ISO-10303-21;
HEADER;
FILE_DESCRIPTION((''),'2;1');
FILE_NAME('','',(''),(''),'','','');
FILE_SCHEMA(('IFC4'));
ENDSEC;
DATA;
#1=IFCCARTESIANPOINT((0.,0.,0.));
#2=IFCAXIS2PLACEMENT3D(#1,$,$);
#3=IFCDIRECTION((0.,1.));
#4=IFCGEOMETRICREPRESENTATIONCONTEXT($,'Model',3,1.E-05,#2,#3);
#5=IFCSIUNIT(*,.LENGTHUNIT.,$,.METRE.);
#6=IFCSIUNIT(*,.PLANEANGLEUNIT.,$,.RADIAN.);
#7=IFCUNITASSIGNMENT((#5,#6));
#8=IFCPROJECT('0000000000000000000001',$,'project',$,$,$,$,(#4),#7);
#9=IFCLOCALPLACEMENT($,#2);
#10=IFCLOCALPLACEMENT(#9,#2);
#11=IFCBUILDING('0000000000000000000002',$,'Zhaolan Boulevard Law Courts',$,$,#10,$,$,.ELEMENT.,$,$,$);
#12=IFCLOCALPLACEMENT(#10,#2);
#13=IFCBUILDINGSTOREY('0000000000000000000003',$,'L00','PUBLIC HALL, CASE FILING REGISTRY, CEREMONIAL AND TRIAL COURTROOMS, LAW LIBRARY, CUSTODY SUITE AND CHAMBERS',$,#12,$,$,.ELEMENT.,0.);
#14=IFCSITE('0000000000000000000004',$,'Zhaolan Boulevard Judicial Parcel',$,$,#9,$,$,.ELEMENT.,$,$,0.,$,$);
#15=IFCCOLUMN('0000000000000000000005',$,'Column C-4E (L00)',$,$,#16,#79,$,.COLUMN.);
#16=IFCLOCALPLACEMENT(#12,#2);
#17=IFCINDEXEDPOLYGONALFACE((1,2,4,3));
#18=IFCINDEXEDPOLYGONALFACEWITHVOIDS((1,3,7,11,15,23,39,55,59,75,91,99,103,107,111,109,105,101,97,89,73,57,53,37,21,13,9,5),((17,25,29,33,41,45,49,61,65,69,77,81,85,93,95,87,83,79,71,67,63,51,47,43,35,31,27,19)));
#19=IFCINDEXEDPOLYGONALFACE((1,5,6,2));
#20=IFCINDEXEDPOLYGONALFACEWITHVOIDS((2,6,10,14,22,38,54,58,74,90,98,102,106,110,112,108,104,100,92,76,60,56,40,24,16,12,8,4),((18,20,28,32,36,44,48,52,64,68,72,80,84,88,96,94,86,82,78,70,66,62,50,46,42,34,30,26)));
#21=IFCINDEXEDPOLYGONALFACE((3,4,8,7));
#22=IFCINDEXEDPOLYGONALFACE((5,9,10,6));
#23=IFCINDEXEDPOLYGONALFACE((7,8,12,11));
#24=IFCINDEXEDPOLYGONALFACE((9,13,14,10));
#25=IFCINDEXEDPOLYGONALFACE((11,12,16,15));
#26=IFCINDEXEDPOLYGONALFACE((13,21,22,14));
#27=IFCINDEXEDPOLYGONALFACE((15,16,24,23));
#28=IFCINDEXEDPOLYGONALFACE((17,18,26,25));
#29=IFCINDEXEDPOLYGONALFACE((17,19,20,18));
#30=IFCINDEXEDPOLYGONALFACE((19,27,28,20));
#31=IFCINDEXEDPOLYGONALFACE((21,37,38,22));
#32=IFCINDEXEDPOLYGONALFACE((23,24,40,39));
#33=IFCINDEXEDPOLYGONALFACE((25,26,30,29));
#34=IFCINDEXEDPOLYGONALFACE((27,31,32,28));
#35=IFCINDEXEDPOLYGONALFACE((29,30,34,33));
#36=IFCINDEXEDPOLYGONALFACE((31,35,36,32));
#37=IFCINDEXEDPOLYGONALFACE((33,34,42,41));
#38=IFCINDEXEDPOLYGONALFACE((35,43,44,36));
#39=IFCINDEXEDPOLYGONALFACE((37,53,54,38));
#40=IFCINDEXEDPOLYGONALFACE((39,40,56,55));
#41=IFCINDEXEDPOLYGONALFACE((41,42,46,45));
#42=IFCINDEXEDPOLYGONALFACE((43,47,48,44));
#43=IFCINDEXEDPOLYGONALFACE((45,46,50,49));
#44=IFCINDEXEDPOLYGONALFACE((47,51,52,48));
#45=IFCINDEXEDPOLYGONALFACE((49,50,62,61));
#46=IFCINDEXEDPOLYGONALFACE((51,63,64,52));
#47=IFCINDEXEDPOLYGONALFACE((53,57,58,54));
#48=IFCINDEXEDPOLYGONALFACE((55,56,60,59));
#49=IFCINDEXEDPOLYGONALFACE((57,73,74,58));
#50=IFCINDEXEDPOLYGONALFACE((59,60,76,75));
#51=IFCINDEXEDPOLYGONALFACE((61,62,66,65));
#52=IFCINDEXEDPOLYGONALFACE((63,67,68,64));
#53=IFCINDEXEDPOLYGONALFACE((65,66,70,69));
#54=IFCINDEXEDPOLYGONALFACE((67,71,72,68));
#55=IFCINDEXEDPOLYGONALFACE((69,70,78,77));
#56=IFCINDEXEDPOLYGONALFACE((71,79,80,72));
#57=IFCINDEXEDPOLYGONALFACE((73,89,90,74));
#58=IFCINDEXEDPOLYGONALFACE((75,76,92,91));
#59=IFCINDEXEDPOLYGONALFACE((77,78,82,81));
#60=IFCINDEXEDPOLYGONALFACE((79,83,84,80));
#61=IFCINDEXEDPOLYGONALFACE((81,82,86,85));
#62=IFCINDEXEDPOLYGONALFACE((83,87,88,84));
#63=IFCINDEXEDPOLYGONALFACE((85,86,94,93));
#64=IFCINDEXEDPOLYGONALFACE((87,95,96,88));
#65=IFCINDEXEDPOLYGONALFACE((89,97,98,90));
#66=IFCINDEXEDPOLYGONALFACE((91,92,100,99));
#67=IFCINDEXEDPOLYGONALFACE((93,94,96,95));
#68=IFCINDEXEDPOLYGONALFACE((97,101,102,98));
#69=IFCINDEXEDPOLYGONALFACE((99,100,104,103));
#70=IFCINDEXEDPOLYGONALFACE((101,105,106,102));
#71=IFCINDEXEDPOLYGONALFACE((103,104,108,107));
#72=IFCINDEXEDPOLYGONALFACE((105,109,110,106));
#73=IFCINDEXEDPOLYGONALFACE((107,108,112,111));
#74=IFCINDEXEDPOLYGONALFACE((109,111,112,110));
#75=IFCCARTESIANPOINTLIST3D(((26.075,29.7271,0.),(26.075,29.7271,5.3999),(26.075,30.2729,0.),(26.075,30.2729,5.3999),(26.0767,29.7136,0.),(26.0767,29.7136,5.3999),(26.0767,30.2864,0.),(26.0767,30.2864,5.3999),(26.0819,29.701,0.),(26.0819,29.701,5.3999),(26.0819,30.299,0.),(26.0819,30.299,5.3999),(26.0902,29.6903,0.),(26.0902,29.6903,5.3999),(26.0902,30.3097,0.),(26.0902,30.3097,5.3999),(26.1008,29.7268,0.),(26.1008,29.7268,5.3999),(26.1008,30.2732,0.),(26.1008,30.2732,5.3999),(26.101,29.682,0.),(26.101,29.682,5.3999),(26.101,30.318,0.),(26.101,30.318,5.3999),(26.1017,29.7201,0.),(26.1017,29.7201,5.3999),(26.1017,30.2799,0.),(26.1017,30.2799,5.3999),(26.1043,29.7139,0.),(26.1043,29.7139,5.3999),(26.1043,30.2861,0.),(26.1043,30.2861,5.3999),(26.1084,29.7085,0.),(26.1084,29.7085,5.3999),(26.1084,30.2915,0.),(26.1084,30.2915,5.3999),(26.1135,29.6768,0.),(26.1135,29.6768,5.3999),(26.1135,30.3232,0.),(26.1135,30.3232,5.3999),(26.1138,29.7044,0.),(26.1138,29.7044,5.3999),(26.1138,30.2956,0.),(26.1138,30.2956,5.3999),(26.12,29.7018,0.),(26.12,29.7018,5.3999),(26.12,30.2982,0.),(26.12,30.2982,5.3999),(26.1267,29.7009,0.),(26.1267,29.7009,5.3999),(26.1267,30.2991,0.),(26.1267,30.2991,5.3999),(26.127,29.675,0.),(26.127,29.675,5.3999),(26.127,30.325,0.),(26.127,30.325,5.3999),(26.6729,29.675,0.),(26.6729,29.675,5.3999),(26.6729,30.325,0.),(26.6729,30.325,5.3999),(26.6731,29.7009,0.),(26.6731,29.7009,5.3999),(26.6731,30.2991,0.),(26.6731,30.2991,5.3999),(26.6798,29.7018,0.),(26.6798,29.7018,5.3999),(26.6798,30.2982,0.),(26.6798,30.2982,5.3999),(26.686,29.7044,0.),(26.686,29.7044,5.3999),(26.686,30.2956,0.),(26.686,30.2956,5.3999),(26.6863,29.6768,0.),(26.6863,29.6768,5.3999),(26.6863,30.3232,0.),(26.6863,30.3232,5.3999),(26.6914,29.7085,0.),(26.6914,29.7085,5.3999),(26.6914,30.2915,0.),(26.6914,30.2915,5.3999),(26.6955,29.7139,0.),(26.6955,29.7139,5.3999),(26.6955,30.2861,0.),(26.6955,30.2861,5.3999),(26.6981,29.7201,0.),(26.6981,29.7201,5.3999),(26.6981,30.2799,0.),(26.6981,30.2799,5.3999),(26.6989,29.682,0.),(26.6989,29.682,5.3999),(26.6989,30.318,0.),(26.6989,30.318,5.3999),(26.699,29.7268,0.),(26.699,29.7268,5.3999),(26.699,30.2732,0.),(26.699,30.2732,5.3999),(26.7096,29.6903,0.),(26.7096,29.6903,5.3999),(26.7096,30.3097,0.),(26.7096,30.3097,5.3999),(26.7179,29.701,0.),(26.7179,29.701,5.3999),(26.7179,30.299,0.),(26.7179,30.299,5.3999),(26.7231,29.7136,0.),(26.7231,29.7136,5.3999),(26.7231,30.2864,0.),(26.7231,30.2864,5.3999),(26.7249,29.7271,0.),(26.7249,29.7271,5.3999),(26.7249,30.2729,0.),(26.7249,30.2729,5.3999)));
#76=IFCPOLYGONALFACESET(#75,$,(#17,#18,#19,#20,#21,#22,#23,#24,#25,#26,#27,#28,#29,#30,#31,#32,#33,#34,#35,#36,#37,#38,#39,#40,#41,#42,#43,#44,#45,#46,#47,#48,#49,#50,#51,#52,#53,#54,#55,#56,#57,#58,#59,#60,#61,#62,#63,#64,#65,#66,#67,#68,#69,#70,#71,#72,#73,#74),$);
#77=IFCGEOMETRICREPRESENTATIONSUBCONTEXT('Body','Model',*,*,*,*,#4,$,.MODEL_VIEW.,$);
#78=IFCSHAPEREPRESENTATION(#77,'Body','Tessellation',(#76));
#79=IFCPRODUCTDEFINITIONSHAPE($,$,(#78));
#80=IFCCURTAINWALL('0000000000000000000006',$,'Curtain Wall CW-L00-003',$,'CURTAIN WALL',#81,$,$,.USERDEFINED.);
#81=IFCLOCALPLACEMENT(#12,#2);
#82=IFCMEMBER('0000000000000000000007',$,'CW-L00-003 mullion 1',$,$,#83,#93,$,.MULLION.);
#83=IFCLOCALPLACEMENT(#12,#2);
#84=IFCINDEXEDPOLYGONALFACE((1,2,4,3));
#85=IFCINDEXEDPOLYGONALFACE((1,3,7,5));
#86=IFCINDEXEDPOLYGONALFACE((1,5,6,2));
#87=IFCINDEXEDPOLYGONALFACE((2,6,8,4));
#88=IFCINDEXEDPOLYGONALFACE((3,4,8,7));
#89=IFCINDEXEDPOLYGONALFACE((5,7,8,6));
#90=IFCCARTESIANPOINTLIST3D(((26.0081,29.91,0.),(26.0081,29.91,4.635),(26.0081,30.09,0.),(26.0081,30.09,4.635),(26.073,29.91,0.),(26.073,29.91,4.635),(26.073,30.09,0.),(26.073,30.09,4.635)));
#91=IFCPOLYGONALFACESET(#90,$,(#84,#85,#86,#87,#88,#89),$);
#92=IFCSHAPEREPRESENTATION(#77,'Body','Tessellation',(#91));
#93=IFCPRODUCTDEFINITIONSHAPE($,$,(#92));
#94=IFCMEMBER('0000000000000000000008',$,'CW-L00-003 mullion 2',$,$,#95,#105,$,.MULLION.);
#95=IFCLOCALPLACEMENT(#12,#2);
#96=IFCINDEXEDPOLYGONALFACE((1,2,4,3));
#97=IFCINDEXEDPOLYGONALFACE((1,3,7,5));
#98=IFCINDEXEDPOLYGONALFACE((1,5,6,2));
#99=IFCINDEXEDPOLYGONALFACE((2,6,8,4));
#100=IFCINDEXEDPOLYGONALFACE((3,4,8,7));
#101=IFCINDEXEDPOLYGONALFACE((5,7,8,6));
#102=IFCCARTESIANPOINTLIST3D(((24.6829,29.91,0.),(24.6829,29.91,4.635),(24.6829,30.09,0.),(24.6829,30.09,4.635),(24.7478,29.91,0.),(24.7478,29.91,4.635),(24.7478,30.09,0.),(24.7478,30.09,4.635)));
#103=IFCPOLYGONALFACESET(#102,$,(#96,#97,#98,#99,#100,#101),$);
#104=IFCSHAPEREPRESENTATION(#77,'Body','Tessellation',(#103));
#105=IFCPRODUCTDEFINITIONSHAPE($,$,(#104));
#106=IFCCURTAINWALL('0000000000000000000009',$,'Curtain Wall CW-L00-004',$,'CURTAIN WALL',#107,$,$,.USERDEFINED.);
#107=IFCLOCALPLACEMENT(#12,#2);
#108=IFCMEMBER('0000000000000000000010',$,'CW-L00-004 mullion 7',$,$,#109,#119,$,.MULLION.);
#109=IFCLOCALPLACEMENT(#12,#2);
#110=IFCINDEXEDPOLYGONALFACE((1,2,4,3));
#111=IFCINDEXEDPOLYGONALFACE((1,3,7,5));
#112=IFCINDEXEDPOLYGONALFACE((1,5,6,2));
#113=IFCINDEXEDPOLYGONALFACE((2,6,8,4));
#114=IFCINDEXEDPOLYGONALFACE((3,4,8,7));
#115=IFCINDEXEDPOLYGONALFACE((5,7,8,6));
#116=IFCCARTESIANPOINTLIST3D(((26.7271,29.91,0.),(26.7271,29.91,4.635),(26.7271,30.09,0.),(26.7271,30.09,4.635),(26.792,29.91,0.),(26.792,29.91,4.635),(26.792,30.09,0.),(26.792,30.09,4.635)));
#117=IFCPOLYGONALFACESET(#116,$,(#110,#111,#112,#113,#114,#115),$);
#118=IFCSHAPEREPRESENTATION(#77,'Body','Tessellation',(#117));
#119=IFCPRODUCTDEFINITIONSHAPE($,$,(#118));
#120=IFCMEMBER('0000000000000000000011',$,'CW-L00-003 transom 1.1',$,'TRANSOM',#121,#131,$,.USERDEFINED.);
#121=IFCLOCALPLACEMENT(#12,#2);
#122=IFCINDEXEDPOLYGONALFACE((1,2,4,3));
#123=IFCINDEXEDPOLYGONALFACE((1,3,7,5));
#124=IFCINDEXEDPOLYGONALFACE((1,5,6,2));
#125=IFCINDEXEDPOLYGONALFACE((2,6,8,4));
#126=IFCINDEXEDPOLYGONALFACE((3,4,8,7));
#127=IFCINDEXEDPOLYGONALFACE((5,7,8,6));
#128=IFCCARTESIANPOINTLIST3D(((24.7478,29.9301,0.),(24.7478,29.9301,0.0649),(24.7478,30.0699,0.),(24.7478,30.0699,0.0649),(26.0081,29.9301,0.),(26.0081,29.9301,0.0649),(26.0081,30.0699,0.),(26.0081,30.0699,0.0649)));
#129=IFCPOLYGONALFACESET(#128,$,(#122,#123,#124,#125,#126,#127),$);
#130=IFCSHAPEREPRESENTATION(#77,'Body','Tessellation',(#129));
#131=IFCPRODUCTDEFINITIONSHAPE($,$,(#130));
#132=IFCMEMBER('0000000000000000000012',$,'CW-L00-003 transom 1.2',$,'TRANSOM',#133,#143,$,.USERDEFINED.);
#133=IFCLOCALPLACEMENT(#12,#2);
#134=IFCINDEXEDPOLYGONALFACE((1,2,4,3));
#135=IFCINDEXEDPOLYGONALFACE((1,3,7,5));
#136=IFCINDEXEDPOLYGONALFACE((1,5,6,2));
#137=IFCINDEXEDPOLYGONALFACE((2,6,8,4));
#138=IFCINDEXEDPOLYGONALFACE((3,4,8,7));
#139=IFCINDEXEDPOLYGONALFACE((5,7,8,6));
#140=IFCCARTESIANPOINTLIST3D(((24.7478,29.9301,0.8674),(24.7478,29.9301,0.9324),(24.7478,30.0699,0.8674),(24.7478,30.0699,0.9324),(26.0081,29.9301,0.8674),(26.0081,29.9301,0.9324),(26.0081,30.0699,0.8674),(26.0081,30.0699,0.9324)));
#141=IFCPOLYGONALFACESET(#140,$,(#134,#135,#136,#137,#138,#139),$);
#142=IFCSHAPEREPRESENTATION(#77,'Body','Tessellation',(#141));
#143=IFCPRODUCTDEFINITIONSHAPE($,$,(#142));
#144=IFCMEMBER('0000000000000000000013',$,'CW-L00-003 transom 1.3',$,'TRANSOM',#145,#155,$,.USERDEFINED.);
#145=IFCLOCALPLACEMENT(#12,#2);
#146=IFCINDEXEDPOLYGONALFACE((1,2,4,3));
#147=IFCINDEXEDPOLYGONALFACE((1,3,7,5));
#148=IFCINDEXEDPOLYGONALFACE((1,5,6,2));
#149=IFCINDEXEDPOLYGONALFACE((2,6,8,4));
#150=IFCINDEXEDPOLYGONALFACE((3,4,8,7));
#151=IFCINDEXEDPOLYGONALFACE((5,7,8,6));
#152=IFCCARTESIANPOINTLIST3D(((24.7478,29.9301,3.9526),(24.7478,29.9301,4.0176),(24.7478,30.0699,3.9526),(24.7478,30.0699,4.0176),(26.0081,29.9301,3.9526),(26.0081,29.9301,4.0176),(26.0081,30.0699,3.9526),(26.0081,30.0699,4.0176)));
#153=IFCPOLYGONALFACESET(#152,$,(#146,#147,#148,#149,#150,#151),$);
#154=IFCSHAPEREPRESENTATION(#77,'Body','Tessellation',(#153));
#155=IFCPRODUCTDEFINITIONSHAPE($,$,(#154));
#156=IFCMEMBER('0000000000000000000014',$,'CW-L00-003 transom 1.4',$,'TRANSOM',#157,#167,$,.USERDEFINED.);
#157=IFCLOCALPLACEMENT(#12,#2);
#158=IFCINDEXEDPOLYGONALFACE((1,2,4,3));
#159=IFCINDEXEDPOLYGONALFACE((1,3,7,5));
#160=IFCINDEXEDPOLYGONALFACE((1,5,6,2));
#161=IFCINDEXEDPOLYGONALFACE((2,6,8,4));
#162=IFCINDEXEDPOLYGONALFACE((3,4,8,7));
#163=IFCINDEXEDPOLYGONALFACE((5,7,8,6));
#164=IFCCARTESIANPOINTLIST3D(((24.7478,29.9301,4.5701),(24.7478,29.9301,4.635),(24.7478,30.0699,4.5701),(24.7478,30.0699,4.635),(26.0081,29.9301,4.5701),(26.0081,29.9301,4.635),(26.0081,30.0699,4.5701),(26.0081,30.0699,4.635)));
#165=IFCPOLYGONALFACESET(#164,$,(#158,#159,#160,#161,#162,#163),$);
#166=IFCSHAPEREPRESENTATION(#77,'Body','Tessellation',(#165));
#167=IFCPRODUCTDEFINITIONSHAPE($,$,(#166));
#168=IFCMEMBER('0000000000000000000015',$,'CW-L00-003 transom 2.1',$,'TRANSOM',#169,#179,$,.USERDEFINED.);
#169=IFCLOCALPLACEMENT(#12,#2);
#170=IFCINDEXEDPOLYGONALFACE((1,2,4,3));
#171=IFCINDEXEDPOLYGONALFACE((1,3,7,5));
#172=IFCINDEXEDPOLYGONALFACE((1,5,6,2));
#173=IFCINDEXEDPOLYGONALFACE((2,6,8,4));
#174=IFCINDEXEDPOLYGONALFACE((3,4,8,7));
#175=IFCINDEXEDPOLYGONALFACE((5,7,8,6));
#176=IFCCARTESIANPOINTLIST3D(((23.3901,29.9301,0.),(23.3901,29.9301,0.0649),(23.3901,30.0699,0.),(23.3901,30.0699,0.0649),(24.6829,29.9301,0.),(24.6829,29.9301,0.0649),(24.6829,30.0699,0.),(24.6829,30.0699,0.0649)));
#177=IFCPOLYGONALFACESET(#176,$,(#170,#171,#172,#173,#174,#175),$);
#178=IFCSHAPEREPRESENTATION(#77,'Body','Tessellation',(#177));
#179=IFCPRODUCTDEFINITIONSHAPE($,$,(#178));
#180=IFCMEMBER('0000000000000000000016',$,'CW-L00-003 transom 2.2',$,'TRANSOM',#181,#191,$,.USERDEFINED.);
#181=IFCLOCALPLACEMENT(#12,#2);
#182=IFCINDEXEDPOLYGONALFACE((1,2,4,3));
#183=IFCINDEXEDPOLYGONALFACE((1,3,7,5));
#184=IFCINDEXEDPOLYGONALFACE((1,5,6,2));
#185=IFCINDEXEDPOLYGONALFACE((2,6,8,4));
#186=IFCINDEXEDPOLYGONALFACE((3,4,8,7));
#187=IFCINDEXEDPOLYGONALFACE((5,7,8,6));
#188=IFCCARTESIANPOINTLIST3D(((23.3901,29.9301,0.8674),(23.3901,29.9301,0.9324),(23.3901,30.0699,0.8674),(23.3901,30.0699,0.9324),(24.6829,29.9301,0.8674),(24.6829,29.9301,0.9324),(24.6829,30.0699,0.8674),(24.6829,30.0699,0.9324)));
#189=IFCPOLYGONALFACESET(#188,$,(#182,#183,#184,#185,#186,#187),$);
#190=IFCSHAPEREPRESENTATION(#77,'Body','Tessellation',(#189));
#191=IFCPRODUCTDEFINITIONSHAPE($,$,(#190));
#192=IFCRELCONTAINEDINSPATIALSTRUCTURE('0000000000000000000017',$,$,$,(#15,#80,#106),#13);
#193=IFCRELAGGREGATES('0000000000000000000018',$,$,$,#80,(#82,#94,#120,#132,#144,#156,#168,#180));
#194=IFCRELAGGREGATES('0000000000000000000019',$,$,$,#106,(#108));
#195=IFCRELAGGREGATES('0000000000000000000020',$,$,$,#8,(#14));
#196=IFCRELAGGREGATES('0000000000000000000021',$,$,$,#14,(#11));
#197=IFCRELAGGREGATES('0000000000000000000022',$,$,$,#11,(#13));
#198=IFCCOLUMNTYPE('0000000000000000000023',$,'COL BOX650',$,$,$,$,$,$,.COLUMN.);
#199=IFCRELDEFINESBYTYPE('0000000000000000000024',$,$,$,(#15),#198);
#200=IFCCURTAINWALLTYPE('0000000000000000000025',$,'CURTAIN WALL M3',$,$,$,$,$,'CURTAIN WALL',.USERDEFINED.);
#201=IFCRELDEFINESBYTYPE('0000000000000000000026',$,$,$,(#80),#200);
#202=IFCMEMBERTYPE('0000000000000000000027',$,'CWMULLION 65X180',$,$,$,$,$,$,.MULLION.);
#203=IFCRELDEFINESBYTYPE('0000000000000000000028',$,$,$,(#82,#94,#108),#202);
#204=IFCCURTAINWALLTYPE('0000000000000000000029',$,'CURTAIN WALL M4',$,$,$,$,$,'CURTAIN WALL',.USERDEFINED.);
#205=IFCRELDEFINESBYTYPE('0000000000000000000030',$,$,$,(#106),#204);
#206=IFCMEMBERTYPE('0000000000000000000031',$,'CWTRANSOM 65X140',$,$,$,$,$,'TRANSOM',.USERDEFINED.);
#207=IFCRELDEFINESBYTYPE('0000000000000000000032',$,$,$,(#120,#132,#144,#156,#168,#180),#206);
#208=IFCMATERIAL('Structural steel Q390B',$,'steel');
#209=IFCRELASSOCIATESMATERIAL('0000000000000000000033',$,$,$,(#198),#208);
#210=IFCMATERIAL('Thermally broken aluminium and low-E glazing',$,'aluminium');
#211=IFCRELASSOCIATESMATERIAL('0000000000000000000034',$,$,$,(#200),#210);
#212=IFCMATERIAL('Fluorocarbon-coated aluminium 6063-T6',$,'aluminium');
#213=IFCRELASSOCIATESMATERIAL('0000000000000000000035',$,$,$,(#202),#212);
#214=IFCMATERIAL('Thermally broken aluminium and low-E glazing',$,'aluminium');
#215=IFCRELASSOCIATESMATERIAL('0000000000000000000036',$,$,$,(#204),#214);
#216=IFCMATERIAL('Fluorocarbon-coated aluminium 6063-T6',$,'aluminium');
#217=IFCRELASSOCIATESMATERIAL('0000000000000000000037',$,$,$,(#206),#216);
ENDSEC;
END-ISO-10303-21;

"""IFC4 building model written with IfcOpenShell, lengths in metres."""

from ifc_helpers import new_model, si_unit, direction, frame, origin, origin_2d, place, context, subcontext, project, spatial, rectangle, hollow_rectangle, extrude, material, material_profile, profile_set, type_object, element, aggregate, save


model = new_model("IFC4")

# Units and contexts
model_context = context("Model", 3, precision=1e-05, world=origin(), true_north=direction((0.0, 1.0)))
body_context = subcontext(model_context, "Body", "Model", "MODEL_VIEW")
ifc_project = project(units=[si_unit("LENGTHUNIT", "METRE"), si_unit("PLANEANGLEUNIT", "RADIAN")], contexts=[model_context])

# Site, building, storey
site_placement = place(None, origin())
site = spatial("IfcSite", under=ifc_project, at=site_placement, Name="Zhaolan Boulevard Judicial Parcel", CompositionType="ELEMENT", RefElevation=0.0)
building_placement = place(site_placement, origin())
building = spatial("IfcBuilding", under=site, at=building_placement, Name="Zhaolan Boulevard Law Courts", CompositionType="ELEMENT")
storey_placement = place(building_placement, origin())
storey = spatial("IfcBuildingStorey", under=building, at=storey_placement, Name="L00", Description="PUBLIC HALL, CASE FILING REGISTRY, CEREMONIAL AND TRIAL COURTROOMS, LAW LIBRARY, CUSTODY SUITE AND CHAMBERS", CompositionType="ELEMENT", Elevation=0.0)

# Column
ifc_material_1 = material(Name="Structural steel Q390B", Category="steel")
ifc_material_profile_1 = material_profile(ifc_material_1, hollow_rectangle(XDim=0.6499, YDim=0.6499, WallThickness=0.0259, InnerFilletRadius=0.0259, OuterFilletRadius=0.052, at=origin_2d()), Name="BOX650x650x26")
ifc_profile_set_1 = profile_set([ifc_material_profile_1], Name="Structural steel Q390B")
column_type = type_object("IfcColumnType", Name="COL BOX650", PredefinedType="COLUMN", material=ifc_profile_set_1)
column_placement = place(storey_placement, frame((26.3999, 30.0, 0.0), z_axis=(0.0, 0.0, 1.0), x_axis=(1.0, 0.0, 0.0)))
element("IfcColumn", 1, at=column_placement, inside=storey, type_object=column_type, Name="Column C-4E (L00)", PredefinedType="COLUMN", context=body_context, shape_type="SweptSolid", body=[
    extrude(hollow_rectangle(XDim=0.6499, YDim=0.6499, WallThickness=0.0259, InnerFilletRadius=0.0259, OuterFilletRadius=0.052, at=origin_2d()), origin(), (0.0, 0.0, 1.0), 5.3999),
])

# Curtain wall, members
ifc_material_2 = material(Name="Thermally broken aluminium and low-E glazing", Category="aluminium")
curtain_wall_type_1 = type_object("IfcCurtainWallType", Name="CURTAIN WALL M3", ElementType="CURTAIN WALL", PredefinedType="USERDEFINED", material=ifc_material_2)
curtain_wall_1_placement = place(storey_placement, origin())
curtain_wall_1 = element("IfcCurtainWall", 2, at=curtain_wall_1_placement, inside=storey, type_object=curtain_wall_type_1, Name="Curtain Wall CW-L00-003", ObjectType="CURTAIN WALL", PredefinedType="USERDEFINED")
ifc_material_3 = material(Name="Fluorocarbon-coated aluminium 6063-T6", Category="aluminium")
ifc_material_profile_2 = material_profile(ifc_material_3, rectangle(XDim=0.1799, YDim=0.0649, at=origin_2d()), Name="AL65x180")
ifc_profile_set_2 = profile_set([ifc_material_profile_2], Name="Fluorocarbon-coated aluminium 6063-T6")
member_type_1 = type_object("IfcMemberType", Name="CWMULLION 65X180", PredefinedType="MULLION", material=ifc_profile_set_2)
member_1_placement = place(storey_placement, frame((26.0405, 30.0, 0.0), z_axis=(0.0, 0.0, 1.0), x_axis=(0.0, -1.0, 0.0)))
member_1 = element("IfcMember", 3, at=member_1_placement, type_object=member_type_1, Name="CW-L00-003 mullion 1", PredefinedType="MULLION", context=body_context, shape_type="SweptSolid", body=[
    extrude(rectangle(XDim=0.1799, YDim=0.0649, at=origin_2d()), origin(), (0.0, 0.0, 1.0), 4.635),
])
member_2_placement = place(storey_placement, frame((24.7153, 30.0, 0.0), z_axis=(0.0, 0.0, 1.0), x_axis=(0.0, -1.0, 0.0)))
member_2 = element("IfcMember", 4, at=member_2_placement, type_object=member_type_1, Name="CW-L00-003 mullion 2", PredefinedType="MULLION", context=body_context, shape_type="SweptSolid", body=[
    extrude(rectangle(XDim=0.1799, YDim=0.0649, at=origin_2d()), origin(), (0.0, 0.0, 1.0), 4.635),
])

# Curtain wall, member
ifc_material_4 = material(Name="Thermally broken aluminium and low-E glazing", Category="aluminium")
curtain_wall_type_2 = type_object("IfcCurtainWallType", Name="CURTAIN WALL M4", ElementType="CURTAIN WALL", PredefinedType="USERDEFINED", material=ifc_material_4)
curtain_wall_2_placement = place(storey_placement, origin())
curtain_wall_2 = element("IfcCurtainWall", 5, at=curtain_wall_2_placement, inside=storey, type_object=curtain_wall_type_2, Name="Curtain Wall CW-L00-004", ObjectType="CURTAIN WALL", PredefinedType="USERDEFINED")
member_3_placement = place(storey_placement, frame((26.7595, 30.0, 0.0), z_axis=(0.0, 0.0, 1.0), x_axis=(0.0, -1.0, 0.0)))
member_3 = element("IfcMember", 6, at=member_3_placement, type_object=member_type_1, Name="CW-L00-004 mullion 7", PredefinedType="MULLION", context=body_context, shape_type="SweptSolid", body=[
    extrude(rectangle(XDim=0.1799, YDim=0.0649, at=origin_2d()), origin(), (0.0, 0.0, 1.0), 4.635),
])

# Members
ifc_material_5 = material(Name="Fluorocarbon-coated aluminium 6063-T6", Category="aluminium")
ifc_material_profile_3 = material_profile(ifc_material_5, rectangle(XDim=0.1399, YDim=0.0649, at=origin_2d()), Name="AL65x140")
ifc_profile_set_3 = profile_set([ifc_material_profile_3], Name="Fluorocarbon-coated aluminium 6063-T6")
member_type_2 = type_object("IfcMemberType", Name="CWTRANSOM 65X140", ElementType="TRANSOM", PredefinedType="USERDEFINED", material=ifc_profile_set_3)
member_4_placement = place(storey_placement, frame((26.0081, 30.0, 0.0325), z_axis=(-1.0, 0.0, 0.0), x_axis=(0.0, -1.0, 0.0)))
member_4 = element("IfcMember", 7, at=member_4_placement, type_object=member_type_2, Name="CW-L00-003 transom 1.1", ObjectType="TRANSOM", PredefinedType="USERDEFINED", context=body_context, shape_type="SweptSolid", body=[
    extrude(rectangle(XDim=0.1399, YDim=0.0649, at=origin_2d()), origin(), (0.0, 0.0, 1.0), 1.2603),
])
member_5_placement = place(storey_placement, frame((26.0081, 30.0, 0.8999), z_axis=(-1.0, 0.0, 0.0), x_axis=(0.0, -1.0, 0.0)))
member_5 = element("IfcMember", 8, at=member_5_placement, type_object=member_type_2, Name="CW-L00-003 transom 1.2", ObjectType="TRANSOM", PredefinedType="USERDEFINED", context=body_context, shape_type="SweptSolid", body=[
    extrude(rectangle(XDim=0.1399, YDim=0.0649, at=origin_2d()), origin(), (0.0, 0.0, 1.0), 1.2603),
])
member_6_placement = place(storey_placement, frame((26.0081, 30.0, 3.9851), z_axis=(-1.0, 0.0, 0.0), x_axis=(0.0, -1.0, 0.0)))
member_6 = element("IfcMember", 9, at=member_6_placement, type_object=member_type_2, Name="CW-L00-003 transom 1.3", ObjectType="TRANSOM", PredefinedType="USERDEFINED", context=body_context, shape_type="SweptSolid", body=[
    extrude(rectangle(XDim=0.1399, YDim=0.0649, at=origin_2d()), origin(), (0.0, 0.0, 1.0), 1.2603),
])
member_7_placement = place(storey_placement, frame((26.0081, 30.0, 4.6025), z_axis=(-1.0, 0.0, 0.0), x_axis=(0.0, -1.0, 0.0)))
member_7 = element("IfcMember", 10, at=member_7_placement, type_object=member_type_2, Name="CW-L00-003 transom 1.4", ObjectType="TRANSOM", PredefinedType="USERDEFINED", context=body_context, shape_type="SweptSolid", body=[
    extrude(rectangle(XDim=0.1399, YDim=0.0649, at=origin_2d()), origin(), (0.0, 0.0, 1.0), 1.2603),
])
member_8_placement = place(storey_placement, frame((24.6829, 30.0, 0.0325), z_axis=(-1.0, 0.0, 0.0), x_axis=(0.0, -1.0, 0.0)))
member_8 = element("IfcMember", 11, at=member_8_placement, type_object=member_type_2, Name="CW-L00-003 transom 2.1", ObjectType="TRANSOM", PredefinedType="USERDEFINED", context=body_context, shape_type="SweptSolid", body=[
    extrude(rectangle(XDim=0.1399, YDim=0.0649, at=origin_2d()), origin(), (0.0, 0.0, 1.0), 1.2927),
])
member_9_placement = place(storey_placement, frame((24.6829, 30.0, 0.8999), z_axis=(-1.0, 0.0, 0.0), x_axis=(0.0, -1.0, 0.0)))
member_9 = element("IfcMember", 12, at=member_9_placement, type_object=member_type_2, Name="CW-L00-003 transom 2.2", ObjectType="TRANSOM", PredefinedType="USERDEFINED", context=body_context, shape_type="SweptSolid", body=[
    extrude(rectangle(XDim=0.1399, YDim=0.0649, at=origin_2d()), origin(), (0.0, 0.0, 1.0), 1.2927),
])

aggregate(curtain_wall_1, [member_1, member_2, member_4, member_5, member_6, member_7, member_8, member_9])
aggregate(curtain_wall_2, [member_3])

save(model, "model.ifc")
